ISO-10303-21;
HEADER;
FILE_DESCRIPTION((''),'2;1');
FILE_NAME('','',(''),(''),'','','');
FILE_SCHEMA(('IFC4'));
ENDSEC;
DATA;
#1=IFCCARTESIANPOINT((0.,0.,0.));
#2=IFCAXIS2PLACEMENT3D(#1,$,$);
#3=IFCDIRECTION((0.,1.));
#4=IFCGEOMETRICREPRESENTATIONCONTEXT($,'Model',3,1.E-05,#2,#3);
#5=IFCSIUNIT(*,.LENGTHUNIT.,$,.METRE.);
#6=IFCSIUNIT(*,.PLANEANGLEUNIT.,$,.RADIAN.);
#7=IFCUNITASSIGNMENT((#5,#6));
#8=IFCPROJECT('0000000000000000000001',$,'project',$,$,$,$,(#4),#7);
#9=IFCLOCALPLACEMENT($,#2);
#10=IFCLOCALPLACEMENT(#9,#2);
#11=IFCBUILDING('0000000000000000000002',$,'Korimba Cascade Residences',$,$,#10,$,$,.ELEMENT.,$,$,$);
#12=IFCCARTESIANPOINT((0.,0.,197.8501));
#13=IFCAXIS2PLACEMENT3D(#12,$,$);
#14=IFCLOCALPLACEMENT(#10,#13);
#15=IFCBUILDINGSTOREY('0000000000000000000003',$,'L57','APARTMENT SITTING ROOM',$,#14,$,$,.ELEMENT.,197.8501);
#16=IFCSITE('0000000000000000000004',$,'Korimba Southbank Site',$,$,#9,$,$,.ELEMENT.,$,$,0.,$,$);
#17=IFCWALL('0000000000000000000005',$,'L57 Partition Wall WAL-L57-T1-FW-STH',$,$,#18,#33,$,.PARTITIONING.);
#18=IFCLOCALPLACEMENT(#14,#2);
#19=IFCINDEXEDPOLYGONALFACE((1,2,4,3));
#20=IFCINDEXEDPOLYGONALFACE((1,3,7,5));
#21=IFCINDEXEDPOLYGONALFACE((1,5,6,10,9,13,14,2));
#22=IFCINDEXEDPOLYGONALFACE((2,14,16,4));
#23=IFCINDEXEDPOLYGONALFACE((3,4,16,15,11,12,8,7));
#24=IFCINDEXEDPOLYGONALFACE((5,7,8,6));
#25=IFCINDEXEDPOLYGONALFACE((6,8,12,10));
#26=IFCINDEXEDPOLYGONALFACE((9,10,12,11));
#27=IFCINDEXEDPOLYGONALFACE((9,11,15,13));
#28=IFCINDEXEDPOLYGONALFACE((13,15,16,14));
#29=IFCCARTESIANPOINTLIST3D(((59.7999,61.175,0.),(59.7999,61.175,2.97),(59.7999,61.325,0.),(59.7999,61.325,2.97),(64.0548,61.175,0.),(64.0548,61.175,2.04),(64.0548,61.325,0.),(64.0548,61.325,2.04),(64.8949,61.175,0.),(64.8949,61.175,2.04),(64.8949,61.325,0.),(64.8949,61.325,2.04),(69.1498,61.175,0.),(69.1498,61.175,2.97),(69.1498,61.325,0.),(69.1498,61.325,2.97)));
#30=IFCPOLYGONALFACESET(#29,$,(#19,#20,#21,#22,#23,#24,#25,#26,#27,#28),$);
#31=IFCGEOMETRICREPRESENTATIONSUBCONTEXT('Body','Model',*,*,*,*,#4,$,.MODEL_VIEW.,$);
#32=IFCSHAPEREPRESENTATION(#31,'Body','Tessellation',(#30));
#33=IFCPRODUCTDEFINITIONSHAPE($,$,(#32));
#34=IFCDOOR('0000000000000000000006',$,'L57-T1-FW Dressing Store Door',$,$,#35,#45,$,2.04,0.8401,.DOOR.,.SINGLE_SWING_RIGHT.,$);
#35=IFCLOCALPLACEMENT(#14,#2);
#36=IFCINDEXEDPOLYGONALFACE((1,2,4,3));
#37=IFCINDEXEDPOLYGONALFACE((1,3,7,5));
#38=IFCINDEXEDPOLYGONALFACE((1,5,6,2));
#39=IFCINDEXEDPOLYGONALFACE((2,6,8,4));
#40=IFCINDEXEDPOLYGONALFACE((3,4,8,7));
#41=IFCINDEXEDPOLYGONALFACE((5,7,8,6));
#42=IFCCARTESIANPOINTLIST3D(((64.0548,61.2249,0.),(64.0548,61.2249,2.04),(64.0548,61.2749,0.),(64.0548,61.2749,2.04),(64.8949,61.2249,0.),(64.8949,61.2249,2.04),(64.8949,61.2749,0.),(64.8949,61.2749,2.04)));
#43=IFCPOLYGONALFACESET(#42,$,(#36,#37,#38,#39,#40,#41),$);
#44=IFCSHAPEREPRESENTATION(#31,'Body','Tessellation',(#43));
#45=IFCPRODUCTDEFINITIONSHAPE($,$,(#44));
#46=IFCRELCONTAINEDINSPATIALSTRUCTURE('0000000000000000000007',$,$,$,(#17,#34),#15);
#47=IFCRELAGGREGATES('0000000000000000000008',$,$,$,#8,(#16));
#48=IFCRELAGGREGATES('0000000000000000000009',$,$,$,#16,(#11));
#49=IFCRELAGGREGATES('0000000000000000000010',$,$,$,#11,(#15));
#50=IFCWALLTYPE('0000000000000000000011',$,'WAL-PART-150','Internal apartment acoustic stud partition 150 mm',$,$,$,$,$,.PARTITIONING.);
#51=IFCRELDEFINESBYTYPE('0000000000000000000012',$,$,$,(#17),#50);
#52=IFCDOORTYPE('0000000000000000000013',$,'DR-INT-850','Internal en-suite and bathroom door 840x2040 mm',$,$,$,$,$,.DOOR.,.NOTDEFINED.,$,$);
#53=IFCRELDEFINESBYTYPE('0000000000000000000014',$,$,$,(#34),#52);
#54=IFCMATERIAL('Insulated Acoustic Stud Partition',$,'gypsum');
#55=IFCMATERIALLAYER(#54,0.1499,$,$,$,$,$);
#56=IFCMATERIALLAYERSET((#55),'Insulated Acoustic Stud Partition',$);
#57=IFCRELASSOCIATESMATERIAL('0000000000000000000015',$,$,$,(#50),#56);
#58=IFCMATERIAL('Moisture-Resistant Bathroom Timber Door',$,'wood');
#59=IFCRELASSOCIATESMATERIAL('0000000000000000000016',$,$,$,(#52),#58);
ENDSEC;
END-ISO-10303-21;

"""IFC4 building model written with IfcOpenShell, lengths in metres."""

from ifc_helpers import new_model, si_unit, direction, frame, frame_2d, origin, place, context, subcontext, project, spatial, rectangle, extrude, material, layer, layer_set, type_object, element, fill, save


model = new_model("IFC4")

# Units and contexts
model_context = context("Model", 3, precision=1e-05, world=origin(), true_north=direction((0.0, 1.0)))
body_context = subcontext(model_context, "Body", "Model", "MODEL_VIEW")
ifc_project = project(units=[si_unit("LENGTHUNIT", "METRE"), si_unit("PLANEANGLEUNIT", "RADIAN")], contexts=[model_context])

# Site, building, storey
site_placement = place(None, origin())
site = spatial("IfcSite", under=ifc_project, at=site_placement, Name="Korimba Southbank Site", CompositionType="ELEMENT", RefElevation=0.0)
building_placement = place(site_placement, origin())
building = spatial("IfcBuilding", under=site, at=building_placement, Name="Korimba Cascade Residences", CompositionType="ELEMENT")
storey_placement = place(building_placement, frame((0.0, 0.0, 197.8501)))
storey = spatial("IfcBuildingStorey", under=building, at=storey_placement, Name="L57", Description="APARTMENT SITTING ROOM", CompositionType="ELEMENT", Elevation=197.8501)

# Wall, opening, door
ifc_material_1 = material(Name="Insulated Acoustic Stud Partition", Category="gypsum")
ifc_layer_1 = layer(ifc_material_1, 0.1499)
ifc_layer_set_1 = layer_set([ifc_layer_1], Name="Insulated Acoustic Stud Partition")
wall_type_1 = type_object("IfcWallType", Name="WAL-PART-150", Description="Internal apartment acoustic stud partition 150 mm", PredefinedType="PARTITIONING", material=ifc_layer_set_1)
wall_1_placement = place(storey_placement, frame((59.8, 61.25, 0.0), z_axis=(0.0, 0.0, 1.0), x_axis=(1.0, 0.0, 0.0)))
wall_1 = element("IfcWall", 1, at=wall_1_placement, inside=storey, type_object=wall_type_1, Name="L57 Partition Wall WAL-L57-T1-FW-STH", PredefinedType="PARTITIONING", context=body_context, shape_type="SweptSolid", body=[
    extrude(rectangle(XDim=9.3499, YDim=0.1499, at=frame_2d((4.6748, 0.0))), origin(), (0.0, 0.0, 1.0), 2.97),
])
opening_1_placement = place(wall_1_placement, frame((4.2549, 0.0, 0.0)))
opening_1 = element("IfcOpeningElement", 2, at=opening_1_placement, cuts=wall_1, PredefinedType="OPENING", context=body_context, shape_type="SweptSolid", body=[
    extrude(rectangle(XDim=0.8401, YDim=2.04, at=frame_2d((0.4199, 1.02))), frame((0.0, 0.085, 0.0), z_axis=(0.0, -1.0, 0.0), x_axis=(1.0, 0.0, 0.0)), (0.0, 0.0, 1.0), 0.1699),
])
ifc_material_2 = material(Name="Moisture-Resistant Bathroom Timber Door", Category="wood")
door_type_1 = type_object("IfcDoorType", Name="DR-INT-850", Description="Internal en-suite and bathroom door 840x2040 mm", OperationType="NOTDEFINED", PredefinedType="DOOR", material=ifc_material_2)
door_1_placement = place(opening_1_placement, origin())
door_1 = element("IfcDoor", 3, at=door_1_placement, inside=storey, type_object=door_type_1, Name="L57-T1-FW Dressing Store Door", OperationType="SINGLE_SWING_RIGHT", OverallHeight=2.04, OverallWidth=0.8401, PredefinedType="DOOR", context=body_context, shape_type="SweptSolid", body=[
    extrude(rectangle(XDim=0.8401, YDim=2.04, at=frame_2d((0.4199, 1.02))), frame((0.0, 0.0249, 0.0), z_axis=(0.0, -1.0, 0.0), x_axis=(1.0, 0.0, 0.0)), (0.0, 0.0, 1.0), 0.05),
])
fill(opening_1, door_1)

save(model, "model.ifc")
